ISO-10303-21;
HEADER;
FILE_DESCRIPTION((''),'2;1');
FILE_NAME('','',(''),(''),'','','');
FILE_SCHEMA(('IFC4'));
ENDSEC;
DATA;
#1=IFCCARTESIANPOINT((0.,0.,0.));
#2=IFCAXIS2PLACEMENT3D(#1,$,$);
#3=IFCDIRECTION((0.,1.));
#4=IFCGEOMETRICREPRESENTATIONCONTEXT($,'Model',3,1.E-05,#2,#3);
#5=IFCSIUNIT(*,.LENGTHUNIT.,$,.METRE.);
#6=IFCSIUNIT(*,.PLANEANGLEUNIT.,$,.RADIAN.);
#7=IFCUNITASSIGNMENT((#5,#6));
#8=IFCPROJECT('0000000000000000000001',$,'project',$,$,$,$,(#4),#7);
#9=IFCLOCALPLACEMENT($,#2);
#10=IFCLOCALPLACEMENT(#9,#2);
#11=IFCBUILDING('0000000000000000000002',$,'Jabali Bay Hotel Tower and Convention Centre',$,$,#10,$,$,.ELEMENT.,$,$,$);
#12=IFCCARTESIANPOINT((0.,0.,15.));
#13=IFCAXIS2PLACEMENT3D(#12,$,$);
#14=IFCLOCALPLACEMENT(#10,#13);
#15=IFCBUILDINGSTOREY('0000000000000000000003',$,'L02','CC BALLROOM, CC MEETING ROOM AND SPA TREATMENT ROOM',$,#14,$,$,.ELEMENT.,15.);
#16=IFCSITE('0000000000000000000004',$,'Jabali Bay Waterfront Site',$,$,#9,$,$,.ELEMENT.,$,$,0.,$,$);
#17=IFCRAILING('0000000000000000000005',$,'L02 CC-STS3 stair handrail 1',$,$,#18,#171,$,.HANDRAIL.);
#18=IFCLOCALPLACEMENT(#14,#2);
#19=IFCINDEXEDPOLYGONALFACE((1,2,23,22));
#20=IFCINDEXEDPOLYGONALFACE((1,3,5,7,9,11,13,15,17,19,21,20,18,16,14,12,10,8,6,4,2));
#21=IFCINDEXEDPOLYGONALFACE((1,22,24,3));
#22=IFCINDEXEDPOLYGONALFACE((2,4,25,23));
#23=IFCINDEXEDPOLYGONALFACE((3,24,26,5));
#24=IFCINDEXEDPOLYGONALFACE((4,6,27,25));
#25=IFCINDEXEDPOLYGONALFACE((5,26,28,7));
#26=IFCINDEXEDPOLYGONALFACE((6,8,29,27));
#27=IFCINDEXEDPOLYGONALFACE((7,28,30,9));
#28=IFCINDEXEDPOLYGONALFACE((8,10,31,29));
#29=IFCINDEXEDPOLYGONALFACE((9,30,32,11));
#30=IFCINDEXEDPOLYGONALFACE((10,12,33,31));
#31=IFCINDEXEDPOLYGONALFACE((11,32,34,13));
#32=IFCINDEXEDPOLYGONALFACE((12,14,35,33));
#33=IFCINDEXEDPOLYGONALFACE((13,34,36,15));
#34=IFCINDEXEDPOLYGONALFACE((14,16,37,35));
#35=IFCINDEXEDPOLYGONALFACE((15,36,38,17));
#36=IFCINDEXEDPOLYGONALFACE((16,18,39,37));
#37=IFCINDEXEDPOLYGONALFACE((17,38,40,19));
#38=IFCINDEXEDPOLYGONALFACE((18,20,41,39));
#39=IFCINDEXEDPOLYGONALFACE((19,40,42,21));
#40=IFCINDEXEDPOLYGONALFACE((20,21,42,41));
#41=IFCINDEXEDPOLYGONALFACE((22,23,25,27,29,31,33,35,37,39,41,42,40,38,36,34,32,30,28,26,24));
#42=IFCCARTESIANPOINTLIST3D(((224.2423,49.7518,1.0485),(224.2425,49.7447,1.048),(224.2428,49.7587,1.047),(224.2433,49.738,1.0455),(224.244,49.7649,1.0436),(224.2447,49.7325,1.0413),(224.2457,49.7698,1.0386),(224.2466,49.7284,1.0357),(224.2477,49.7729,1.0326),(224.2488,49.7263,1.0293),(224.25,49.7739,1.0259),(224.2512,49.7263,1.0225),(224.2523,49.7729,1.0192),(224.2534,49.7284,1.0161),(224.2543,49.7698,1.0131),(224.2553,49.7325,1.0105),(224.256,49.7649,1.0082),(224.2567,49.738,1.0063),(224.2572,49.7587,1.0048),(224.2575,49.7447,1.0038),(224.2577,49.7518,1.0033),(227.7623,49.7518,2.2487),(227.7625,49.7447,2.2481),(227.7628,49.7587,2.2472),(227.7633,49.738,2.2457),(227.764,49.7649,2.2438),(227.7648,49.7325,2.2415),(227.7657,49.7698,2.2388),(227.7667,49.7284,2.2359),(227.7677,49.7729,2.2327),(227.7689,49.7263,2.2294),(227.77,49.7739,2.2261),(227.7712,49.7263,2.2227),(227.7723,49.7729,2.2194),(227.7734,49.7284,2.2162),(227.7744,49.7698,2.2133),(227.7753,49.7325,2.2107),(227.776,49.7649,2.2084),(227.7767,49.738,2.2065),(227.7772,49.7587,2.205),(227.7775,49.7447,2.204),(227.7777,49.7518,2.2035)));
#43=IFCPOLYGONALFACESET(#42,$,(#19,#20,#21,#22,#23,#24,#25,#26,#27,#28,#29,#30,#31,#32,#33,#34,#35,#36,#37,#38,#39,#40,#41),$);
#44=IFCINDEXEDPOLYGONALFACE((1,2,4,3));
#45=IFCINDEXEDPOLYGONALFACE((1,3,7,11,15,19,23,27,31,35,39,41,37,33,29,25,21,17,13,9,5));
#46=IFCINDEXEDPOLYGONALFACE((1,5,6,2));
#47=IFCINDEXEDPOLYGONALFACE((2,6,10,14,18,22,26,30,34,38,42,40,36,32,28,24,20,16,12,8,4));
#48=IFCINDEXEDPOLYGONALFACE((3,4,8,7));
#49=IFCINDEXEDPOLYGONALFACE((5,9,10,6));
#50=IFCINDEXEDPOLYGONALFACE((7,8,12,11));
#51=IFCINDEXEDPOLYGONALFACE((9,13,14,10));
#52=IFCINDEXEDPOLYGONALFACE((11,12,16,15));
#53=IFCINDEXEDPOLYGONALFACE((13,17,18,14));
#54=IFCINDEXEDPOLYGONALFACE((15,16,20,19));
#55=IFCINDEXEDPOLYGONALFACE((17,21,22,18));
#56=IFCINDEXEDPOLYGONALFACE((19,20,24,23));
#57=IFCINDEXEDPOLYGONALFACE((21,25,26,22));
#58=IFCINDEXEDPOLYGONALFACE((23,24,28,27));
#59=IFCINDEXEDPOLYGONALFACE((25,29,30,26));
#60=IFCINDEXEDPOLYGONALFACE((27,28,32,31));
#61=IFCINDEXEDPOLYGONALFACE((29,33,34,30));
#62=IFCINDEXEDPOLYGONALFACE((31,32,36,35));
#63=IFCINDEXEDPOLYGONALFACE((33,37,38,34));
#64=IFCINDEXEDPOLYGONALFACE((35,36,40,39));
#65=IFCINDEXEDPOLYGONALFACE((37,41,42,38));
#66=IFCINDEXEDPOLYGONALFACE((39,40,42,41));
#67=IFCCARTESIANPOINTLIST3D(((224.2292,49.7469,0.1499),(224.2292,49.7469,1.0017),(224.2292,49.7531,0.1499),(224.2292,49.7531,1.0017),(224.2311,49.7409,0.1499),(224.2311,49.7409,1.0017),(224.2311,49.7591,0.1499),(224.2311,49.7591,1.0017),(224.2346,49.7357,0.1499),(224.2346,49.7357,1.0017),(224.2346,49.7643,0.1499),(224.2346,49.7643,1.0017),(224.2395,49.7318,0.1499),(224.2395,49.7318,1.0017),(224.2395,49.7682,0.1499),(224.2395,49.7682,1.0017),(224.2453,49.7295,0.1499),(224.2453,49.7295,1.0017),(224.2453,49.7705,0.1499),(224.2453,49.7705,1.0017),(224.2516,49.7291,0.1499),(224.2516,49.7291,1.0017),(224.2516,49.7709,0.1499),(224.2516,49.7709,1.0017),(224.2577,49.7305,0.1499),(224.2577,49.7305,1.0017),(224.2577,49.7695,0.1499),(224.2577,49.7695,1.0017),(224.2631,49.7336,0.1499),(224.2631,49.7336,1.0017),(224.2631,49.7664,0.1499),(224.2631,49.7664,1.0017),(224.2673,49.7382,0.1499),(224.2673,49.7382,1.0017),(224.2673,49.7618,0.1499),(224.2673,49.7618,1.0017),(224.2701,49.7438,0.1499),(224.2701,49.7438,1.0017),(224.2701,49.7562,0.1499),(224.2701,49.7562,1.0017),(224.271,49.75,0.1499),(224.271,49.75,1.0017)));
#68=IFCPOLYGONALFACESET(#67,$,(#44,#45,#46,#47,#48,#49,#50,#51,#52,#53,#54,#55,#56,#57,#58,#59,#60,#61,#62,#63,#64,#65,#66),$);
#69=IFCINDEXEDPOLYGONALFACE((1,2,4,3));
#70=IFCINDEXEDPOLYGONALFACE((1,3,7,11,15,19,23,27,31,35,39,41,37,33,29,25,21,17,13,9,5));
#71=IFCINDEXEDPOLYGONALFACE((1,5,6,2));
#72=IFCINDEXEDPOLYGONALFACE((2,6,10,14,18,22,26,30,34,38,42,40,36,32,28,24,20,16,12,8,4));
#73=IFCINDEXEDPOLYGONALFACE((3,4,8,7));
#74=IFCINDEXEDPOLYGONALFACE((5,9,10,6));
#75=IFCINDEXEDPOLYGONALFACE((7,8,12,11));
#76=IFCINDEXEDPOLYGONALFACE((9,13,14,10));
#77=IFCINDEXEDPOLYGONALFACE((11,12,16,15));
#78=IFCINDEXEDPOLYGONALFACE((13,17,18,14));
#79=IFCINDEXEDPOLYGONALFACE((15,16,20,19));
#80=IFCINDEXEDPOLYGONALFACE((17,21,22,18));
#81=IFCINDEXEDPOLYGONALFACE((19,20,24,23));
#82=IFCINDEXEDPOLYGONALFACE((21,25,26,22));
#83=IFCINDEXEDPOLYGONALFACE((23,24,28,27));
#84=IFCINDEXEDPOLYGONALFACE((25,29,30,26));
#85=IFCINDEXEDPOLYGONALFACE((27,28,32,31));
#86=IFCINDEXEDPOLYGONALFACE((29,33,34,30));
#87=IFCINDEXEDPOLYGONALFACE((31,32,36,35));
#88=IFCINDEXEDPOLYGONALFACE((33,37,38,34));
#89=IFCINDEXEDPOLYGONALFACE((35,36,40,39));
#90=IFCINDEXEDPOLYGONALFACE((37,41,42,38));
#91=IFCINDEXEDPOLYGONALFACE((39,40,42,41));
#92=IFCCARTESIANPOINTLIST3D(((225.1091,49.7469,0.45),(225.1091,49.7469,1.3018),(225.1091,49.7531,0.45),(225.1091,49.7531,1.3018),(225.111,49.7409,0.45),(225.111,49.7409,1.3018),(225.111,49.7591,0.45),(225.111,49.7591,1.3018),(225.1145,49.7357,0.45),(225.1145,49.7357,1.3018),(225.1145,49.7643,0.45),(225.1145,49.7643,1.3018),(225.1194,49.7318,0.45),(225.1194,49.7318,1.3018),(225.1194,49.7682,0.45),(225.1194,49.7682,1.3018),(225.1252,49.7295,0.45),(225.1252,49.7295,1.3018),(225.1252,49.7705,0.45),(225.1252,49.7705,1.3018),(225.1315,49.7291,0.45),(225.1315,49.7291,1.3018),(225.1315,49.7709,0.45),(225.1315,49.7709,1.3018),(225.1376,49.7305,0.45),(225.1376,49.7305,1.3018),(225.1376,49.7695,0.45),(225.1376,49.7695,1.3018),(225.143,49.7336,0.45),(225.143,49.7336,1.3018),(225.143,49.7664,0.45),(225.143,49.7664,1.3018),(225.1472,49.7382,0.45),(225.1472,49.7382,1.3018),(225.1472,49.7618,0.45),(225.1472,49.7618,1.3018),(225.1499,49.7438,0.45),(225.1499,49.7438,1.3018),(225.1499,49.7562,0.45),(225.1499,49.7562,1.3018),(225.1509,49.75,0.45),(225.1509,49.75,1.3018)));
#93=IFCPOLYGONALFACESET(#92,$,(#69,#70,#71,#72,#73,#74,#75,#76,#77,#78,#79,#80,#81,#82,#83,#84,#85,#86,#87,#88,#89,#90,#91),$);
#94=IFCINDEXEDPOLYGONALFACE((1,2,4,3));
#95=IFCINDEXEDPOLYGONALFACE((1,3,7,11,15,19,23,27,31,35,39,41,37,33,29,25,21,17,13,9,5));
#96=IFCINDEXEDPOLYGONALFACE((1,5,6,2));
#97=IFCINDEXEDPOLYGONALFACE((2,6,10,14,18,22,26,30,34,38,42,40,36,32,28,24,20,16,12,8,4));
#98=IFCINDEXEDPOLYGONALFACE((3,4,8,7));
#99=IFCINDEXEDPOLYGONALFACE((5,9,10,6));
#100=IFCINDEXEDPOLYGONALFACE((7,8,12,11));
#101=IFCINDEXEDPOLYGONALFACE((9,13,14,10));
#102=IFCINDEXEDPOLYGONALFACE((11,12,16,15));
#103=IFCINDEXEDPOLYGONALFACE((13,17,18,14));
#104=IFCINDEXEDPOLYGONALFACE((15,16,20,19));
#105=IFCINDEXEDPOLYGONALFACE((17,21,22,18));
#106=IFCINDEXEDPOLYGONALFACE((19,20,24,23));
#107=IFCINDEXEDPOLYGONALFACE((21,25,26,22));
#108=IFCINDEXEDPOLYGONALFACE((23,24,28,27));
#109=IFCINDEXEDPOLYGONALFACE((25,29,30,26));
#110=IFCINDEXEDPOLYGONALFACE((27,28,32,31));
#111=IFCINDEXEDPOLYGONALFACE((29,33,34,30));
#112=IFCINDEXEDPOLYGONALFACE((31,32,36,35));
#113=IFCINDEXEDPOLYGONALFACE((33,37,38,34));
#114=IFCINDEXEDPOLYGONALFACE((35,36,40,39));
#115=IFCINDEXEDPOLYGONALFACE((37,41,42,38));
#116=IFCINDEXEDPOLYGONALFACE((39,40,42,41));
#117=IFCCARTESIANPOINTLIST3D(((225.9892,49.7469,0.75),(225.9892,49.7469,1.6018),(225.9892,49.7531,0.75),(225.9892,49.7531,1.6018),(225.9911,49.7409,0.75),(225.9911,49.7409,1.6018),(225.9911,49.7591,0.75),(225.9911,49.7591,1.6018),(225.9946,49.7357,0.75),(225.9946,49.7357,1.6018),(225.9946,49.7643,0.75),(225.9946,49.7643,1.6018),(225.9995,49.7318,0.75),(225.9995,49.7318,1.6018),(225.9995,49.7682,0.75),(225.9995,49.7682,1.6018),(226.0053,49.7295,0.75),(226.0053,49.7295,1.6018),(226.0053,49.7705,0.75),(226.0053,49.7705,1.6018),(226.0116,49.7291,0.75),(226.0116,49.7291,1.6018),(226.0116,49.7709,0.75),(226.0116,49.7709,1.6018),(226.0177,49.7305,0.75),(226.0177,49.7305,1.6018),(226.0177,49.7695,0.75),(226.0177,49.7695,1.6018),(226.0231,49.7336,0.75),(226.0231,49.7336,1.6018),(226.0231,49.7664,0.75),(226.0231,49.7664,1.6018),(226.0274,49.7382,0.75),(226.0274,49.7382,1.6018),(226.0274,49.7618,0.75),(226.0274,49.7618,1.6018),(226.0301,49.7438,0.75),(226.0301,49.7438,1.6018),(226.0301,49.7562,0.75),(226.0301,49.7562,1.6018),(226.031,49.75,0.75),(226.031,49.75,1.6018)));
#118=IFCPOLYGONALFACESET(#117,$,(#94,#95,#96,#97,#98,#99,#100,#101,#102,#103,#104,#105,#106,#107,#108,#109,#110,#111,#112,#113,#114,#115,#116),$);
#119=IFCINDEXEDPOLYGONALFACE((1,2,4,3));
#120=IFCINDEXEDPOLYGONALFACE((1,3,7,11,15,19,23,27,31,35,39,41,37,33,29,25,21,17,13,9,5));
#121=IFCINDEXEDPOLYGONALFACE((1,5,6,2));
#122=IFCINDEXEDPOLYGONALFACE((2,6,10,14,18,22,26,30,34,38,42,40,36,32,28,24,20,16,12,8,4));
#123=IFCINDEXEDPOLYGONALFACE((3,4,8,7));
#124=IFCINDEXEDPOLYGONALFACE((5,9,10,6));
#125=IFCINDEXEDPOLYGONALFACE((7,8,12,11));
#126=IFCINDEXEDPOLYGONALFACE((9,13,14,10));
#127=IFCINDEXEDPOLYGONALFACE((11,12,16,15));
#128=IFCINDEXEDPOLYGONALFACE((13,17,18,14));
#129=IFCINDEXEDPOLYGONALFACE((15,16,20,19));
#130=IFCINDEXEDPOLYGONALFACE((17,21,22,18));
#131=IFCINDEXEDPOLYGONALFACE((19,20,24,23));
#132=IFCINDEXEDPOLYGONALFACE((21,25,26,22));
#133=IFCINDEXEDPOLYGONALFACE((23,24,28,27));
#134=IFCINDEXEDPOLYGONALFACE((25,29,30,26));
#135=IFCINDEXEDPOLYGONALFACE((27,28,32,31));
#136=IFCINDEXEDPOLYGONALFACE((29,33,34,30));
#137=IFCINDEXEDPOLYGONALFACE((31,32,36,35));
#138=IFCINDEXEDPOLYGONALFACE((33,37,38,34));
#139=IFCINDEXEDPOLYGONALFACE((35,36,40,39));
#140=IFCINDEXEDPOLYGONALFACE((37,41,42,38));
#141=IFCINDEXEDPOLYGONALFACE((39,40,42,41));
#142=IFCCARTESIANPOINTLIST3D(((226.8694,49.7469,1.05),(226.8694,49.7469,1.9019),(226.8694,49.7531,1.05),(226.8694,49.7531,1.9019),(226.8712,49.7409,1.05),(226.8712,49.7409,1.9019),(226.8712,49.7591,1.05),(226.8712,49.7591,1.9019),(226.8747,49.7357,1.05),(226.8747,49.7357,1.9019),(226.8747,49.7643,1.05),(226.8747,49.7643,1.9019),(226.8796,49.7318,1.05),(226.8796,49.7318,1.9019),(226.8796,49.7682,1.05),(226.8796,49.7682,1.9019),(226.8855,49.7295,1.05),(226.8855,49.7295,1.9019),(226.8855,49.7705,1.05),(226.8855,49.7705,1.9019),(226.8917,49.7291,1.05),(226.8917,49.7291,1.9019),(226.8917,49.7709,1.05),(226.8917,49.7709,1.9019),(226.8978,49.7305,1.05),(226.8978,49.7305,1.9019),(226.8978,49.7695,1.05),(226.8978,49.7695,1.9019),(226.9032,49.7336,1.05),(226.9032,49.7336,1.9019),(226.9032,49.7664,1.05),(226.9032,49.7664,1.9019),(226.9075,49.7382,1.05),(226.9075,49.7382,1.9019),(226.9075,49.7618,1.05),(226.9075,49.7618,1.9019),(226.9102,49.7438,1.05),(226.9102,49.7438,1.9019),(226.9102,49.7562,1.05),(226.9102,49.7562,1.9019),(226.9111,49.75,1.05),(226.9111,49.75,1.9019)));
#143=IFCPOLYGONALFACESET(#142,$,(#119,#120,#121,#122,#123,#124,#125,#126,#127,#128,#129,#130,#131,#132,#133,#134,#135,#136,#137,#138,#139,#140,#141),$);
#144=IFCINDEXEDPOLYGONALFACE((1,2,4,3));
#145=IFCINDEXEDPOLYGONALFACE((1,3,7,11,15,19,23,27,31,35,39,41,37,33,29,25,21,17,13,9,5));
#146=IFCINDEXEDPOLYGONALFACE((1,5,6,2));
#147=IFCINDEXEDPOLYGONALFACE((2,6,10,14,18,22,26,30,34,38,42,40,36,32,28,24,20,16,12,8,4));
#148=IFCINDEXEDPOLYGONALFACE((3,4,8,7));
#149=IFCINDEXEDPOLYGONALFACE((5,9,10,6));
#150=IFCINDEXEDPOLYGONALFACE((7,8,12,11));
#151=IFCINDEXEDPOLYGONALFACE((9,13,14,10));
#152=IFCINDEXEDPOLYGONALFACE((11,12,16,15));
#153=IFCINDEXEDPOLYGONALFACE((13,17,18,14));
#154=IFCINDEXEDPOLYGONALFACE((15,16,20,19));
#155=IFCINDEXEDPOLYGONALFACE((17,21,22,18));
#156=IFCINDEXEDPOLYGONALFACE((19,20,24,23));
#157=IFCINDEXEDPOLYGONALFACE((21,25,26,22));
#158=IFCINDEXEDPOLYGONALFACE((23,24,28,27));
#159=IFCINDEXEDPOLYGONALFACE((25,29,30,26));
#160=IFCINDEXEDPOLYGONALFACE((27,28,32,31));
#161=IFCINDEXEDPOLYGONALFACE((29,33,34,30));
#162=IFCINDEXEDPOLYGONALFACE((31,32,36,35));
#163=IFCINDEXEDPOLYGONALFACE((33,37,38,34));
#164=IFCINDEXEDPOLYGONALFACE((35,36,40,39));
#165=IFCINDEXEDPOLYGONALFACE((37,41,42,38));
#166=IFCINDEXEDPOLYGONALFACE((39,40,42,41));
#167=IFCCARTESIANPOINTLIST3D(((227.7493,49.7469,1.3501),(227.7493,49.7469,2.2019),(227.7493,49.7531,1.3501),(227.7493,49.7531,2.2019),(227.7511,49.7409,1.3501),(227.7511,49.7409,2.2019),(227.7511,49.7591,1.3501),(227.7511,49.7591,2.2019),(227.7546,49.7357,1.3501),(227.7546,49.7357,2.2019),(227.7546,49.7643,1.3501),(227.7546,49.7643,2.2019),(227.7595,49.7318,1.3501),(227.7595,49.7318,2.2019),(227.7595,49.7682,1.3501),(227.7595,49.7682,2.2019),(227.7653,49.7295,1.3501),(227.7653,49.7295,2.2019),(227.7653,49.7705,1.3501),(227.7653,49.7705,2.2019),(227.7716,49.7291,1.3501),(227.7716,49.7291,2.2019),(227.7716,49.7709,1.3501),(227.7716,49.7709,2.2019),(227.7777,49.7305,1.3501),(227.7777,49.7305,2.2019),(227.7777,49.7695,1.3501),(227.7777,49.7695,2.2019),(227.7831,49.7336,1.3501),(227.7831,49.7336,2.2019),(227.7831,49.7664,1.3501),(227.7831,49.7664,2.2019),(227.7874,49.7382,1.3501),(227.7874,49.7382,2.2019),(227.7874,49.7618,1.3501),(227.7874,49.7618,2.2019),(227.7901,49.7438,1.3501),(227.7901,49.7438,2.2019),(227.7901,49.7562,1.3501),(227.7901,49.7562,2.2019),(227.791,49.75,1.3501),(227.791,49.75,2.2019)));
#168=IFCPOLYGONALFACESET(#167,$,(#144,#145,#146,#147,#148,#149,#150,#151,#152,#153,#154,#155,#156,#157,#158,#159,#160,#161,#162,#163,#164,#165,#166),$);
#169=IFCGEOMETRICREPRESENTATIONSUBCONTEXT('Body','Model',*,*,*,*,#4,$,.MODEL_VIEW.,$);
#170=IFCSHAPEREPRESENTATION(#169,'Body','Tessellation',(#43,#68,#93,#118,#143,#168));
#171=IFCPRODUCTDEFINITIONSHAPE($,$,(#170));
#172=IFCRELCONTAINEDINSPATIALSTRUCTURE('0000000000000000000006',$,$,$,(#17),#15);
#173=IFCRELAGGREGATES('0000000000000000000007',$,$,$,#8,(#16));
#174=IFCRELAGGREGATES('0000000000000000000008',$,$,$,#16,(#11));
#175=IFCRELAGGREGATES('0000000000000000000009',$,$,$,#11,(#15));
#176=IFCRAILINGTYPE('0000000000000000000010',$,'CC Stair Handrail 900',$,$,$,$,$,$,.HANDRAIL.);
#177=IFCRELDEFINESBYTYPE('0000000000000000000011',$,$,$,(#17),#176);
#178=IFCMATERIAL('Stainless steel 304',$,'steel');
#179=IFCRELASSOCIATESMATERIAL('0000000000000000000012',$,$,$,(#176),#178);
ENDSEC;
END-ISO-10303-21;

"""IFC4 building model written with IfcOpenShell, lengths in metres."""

from ifc_helpers import new_model, si_unit, direction, frame, origin, origin_2d, place, context, subcontext, project, spatial, circle, extrude, material, type_object, element, save


model = new_model("IFC4")

# Units and contexts
model_context = context("Model", 3, precision=1e-05, world=origin(), true_north=direction((0.0, 1.0)))
body_context = subcontext(model_context, "Body", "Model", "MODEL_VIEW")
ifc_project = project(units=[si_unit("LENGTHUNIT", "METRE"), si_unit("PLANEANGLEUNIT", "RADIAN")], contexts=[model_context])

# Site, building, storey
site_placement = place(None, origin())
site = spatial("IfcSite", under=ifc_project, at=site_placement, Name="Jabali Bay Waterfront Site", CompositionType="ELEMENT", RefElevation=0.0)
building_placement = place(site_placement, origin())
building = spatial("IfcBuilding", under=site, at=building_placement, Name="Jabali Bay Hotel Tower and Convention Centre", CompositionType="ELEMENT")
storey_placement = place(building_placement, frame((0.0, 0.0, 15.0)))
storey = spatial("IfcBuildingStorey", under=building, at=storey_placement, Name="L02", Description="CC BALLROOM, CC MEETING ROOM AND SPA TREATMENT ROOM", CompositionType="ELEMENT", Elevation=15.0)

# Railing
ifc_material_1 = material(Name="Stainless steel 304", Category="steel")
railing_type_1 = type_object("IfcRailingType", Name="CC Stair Handrail 900", PredefinedType="HANDRAIL", material=ifc_material_1)
railing_1_placement = place(storey_placement, frame((224.25, 49.75, 0.1499)))
element("IfcRailing", 1, at=railing_1_placement, inside=storey, type_object=railing_type_1, Name="L02 CC-STS3 stair handrail 1", PredefinedType="HANDRAIL", context=body_context, shape_type="SweptSolid", body=[
    extrude(circle(Radius=0.0239, at=origin_2d()), frame((0.0, 0.0, 0.876), z_axis=(0.946495, 0.0, 0.322719), x_axis=(0.0, 1.0, 0.0)), (0.0, 0.0, 1.0), 3.719),
    extrude(circle(Radius=0.021, at=origin_2d()), origin(), (0.0, 0.0, 1.0), 0.8518),
    extrude(circle(Radius=0.021, at=origin_2d()), frame((0.8799, 0.0, 0.3)), (0.0, 0.0, 1.0), 0.8518),
    extrude(circle(Radius=0.021, at=origin_2d()), frame((1.76, 0.0, 0.6001)), (0.0, 0.0, 1.0), 0.8518),
    extrude(circle(Radius=0.021, at=origin_2d()), frame((2.6401, 0.0, 0.9001)), (0.0, 0.0, 1.0), 0.8518),
    extrude(circle(Radius=0.021, at=origin_2d()), frame((3.52, 0.0, 1.2002)), (0.0, 0.0, 1.0), 0.8518),
])

save(model, "model.ifc")
